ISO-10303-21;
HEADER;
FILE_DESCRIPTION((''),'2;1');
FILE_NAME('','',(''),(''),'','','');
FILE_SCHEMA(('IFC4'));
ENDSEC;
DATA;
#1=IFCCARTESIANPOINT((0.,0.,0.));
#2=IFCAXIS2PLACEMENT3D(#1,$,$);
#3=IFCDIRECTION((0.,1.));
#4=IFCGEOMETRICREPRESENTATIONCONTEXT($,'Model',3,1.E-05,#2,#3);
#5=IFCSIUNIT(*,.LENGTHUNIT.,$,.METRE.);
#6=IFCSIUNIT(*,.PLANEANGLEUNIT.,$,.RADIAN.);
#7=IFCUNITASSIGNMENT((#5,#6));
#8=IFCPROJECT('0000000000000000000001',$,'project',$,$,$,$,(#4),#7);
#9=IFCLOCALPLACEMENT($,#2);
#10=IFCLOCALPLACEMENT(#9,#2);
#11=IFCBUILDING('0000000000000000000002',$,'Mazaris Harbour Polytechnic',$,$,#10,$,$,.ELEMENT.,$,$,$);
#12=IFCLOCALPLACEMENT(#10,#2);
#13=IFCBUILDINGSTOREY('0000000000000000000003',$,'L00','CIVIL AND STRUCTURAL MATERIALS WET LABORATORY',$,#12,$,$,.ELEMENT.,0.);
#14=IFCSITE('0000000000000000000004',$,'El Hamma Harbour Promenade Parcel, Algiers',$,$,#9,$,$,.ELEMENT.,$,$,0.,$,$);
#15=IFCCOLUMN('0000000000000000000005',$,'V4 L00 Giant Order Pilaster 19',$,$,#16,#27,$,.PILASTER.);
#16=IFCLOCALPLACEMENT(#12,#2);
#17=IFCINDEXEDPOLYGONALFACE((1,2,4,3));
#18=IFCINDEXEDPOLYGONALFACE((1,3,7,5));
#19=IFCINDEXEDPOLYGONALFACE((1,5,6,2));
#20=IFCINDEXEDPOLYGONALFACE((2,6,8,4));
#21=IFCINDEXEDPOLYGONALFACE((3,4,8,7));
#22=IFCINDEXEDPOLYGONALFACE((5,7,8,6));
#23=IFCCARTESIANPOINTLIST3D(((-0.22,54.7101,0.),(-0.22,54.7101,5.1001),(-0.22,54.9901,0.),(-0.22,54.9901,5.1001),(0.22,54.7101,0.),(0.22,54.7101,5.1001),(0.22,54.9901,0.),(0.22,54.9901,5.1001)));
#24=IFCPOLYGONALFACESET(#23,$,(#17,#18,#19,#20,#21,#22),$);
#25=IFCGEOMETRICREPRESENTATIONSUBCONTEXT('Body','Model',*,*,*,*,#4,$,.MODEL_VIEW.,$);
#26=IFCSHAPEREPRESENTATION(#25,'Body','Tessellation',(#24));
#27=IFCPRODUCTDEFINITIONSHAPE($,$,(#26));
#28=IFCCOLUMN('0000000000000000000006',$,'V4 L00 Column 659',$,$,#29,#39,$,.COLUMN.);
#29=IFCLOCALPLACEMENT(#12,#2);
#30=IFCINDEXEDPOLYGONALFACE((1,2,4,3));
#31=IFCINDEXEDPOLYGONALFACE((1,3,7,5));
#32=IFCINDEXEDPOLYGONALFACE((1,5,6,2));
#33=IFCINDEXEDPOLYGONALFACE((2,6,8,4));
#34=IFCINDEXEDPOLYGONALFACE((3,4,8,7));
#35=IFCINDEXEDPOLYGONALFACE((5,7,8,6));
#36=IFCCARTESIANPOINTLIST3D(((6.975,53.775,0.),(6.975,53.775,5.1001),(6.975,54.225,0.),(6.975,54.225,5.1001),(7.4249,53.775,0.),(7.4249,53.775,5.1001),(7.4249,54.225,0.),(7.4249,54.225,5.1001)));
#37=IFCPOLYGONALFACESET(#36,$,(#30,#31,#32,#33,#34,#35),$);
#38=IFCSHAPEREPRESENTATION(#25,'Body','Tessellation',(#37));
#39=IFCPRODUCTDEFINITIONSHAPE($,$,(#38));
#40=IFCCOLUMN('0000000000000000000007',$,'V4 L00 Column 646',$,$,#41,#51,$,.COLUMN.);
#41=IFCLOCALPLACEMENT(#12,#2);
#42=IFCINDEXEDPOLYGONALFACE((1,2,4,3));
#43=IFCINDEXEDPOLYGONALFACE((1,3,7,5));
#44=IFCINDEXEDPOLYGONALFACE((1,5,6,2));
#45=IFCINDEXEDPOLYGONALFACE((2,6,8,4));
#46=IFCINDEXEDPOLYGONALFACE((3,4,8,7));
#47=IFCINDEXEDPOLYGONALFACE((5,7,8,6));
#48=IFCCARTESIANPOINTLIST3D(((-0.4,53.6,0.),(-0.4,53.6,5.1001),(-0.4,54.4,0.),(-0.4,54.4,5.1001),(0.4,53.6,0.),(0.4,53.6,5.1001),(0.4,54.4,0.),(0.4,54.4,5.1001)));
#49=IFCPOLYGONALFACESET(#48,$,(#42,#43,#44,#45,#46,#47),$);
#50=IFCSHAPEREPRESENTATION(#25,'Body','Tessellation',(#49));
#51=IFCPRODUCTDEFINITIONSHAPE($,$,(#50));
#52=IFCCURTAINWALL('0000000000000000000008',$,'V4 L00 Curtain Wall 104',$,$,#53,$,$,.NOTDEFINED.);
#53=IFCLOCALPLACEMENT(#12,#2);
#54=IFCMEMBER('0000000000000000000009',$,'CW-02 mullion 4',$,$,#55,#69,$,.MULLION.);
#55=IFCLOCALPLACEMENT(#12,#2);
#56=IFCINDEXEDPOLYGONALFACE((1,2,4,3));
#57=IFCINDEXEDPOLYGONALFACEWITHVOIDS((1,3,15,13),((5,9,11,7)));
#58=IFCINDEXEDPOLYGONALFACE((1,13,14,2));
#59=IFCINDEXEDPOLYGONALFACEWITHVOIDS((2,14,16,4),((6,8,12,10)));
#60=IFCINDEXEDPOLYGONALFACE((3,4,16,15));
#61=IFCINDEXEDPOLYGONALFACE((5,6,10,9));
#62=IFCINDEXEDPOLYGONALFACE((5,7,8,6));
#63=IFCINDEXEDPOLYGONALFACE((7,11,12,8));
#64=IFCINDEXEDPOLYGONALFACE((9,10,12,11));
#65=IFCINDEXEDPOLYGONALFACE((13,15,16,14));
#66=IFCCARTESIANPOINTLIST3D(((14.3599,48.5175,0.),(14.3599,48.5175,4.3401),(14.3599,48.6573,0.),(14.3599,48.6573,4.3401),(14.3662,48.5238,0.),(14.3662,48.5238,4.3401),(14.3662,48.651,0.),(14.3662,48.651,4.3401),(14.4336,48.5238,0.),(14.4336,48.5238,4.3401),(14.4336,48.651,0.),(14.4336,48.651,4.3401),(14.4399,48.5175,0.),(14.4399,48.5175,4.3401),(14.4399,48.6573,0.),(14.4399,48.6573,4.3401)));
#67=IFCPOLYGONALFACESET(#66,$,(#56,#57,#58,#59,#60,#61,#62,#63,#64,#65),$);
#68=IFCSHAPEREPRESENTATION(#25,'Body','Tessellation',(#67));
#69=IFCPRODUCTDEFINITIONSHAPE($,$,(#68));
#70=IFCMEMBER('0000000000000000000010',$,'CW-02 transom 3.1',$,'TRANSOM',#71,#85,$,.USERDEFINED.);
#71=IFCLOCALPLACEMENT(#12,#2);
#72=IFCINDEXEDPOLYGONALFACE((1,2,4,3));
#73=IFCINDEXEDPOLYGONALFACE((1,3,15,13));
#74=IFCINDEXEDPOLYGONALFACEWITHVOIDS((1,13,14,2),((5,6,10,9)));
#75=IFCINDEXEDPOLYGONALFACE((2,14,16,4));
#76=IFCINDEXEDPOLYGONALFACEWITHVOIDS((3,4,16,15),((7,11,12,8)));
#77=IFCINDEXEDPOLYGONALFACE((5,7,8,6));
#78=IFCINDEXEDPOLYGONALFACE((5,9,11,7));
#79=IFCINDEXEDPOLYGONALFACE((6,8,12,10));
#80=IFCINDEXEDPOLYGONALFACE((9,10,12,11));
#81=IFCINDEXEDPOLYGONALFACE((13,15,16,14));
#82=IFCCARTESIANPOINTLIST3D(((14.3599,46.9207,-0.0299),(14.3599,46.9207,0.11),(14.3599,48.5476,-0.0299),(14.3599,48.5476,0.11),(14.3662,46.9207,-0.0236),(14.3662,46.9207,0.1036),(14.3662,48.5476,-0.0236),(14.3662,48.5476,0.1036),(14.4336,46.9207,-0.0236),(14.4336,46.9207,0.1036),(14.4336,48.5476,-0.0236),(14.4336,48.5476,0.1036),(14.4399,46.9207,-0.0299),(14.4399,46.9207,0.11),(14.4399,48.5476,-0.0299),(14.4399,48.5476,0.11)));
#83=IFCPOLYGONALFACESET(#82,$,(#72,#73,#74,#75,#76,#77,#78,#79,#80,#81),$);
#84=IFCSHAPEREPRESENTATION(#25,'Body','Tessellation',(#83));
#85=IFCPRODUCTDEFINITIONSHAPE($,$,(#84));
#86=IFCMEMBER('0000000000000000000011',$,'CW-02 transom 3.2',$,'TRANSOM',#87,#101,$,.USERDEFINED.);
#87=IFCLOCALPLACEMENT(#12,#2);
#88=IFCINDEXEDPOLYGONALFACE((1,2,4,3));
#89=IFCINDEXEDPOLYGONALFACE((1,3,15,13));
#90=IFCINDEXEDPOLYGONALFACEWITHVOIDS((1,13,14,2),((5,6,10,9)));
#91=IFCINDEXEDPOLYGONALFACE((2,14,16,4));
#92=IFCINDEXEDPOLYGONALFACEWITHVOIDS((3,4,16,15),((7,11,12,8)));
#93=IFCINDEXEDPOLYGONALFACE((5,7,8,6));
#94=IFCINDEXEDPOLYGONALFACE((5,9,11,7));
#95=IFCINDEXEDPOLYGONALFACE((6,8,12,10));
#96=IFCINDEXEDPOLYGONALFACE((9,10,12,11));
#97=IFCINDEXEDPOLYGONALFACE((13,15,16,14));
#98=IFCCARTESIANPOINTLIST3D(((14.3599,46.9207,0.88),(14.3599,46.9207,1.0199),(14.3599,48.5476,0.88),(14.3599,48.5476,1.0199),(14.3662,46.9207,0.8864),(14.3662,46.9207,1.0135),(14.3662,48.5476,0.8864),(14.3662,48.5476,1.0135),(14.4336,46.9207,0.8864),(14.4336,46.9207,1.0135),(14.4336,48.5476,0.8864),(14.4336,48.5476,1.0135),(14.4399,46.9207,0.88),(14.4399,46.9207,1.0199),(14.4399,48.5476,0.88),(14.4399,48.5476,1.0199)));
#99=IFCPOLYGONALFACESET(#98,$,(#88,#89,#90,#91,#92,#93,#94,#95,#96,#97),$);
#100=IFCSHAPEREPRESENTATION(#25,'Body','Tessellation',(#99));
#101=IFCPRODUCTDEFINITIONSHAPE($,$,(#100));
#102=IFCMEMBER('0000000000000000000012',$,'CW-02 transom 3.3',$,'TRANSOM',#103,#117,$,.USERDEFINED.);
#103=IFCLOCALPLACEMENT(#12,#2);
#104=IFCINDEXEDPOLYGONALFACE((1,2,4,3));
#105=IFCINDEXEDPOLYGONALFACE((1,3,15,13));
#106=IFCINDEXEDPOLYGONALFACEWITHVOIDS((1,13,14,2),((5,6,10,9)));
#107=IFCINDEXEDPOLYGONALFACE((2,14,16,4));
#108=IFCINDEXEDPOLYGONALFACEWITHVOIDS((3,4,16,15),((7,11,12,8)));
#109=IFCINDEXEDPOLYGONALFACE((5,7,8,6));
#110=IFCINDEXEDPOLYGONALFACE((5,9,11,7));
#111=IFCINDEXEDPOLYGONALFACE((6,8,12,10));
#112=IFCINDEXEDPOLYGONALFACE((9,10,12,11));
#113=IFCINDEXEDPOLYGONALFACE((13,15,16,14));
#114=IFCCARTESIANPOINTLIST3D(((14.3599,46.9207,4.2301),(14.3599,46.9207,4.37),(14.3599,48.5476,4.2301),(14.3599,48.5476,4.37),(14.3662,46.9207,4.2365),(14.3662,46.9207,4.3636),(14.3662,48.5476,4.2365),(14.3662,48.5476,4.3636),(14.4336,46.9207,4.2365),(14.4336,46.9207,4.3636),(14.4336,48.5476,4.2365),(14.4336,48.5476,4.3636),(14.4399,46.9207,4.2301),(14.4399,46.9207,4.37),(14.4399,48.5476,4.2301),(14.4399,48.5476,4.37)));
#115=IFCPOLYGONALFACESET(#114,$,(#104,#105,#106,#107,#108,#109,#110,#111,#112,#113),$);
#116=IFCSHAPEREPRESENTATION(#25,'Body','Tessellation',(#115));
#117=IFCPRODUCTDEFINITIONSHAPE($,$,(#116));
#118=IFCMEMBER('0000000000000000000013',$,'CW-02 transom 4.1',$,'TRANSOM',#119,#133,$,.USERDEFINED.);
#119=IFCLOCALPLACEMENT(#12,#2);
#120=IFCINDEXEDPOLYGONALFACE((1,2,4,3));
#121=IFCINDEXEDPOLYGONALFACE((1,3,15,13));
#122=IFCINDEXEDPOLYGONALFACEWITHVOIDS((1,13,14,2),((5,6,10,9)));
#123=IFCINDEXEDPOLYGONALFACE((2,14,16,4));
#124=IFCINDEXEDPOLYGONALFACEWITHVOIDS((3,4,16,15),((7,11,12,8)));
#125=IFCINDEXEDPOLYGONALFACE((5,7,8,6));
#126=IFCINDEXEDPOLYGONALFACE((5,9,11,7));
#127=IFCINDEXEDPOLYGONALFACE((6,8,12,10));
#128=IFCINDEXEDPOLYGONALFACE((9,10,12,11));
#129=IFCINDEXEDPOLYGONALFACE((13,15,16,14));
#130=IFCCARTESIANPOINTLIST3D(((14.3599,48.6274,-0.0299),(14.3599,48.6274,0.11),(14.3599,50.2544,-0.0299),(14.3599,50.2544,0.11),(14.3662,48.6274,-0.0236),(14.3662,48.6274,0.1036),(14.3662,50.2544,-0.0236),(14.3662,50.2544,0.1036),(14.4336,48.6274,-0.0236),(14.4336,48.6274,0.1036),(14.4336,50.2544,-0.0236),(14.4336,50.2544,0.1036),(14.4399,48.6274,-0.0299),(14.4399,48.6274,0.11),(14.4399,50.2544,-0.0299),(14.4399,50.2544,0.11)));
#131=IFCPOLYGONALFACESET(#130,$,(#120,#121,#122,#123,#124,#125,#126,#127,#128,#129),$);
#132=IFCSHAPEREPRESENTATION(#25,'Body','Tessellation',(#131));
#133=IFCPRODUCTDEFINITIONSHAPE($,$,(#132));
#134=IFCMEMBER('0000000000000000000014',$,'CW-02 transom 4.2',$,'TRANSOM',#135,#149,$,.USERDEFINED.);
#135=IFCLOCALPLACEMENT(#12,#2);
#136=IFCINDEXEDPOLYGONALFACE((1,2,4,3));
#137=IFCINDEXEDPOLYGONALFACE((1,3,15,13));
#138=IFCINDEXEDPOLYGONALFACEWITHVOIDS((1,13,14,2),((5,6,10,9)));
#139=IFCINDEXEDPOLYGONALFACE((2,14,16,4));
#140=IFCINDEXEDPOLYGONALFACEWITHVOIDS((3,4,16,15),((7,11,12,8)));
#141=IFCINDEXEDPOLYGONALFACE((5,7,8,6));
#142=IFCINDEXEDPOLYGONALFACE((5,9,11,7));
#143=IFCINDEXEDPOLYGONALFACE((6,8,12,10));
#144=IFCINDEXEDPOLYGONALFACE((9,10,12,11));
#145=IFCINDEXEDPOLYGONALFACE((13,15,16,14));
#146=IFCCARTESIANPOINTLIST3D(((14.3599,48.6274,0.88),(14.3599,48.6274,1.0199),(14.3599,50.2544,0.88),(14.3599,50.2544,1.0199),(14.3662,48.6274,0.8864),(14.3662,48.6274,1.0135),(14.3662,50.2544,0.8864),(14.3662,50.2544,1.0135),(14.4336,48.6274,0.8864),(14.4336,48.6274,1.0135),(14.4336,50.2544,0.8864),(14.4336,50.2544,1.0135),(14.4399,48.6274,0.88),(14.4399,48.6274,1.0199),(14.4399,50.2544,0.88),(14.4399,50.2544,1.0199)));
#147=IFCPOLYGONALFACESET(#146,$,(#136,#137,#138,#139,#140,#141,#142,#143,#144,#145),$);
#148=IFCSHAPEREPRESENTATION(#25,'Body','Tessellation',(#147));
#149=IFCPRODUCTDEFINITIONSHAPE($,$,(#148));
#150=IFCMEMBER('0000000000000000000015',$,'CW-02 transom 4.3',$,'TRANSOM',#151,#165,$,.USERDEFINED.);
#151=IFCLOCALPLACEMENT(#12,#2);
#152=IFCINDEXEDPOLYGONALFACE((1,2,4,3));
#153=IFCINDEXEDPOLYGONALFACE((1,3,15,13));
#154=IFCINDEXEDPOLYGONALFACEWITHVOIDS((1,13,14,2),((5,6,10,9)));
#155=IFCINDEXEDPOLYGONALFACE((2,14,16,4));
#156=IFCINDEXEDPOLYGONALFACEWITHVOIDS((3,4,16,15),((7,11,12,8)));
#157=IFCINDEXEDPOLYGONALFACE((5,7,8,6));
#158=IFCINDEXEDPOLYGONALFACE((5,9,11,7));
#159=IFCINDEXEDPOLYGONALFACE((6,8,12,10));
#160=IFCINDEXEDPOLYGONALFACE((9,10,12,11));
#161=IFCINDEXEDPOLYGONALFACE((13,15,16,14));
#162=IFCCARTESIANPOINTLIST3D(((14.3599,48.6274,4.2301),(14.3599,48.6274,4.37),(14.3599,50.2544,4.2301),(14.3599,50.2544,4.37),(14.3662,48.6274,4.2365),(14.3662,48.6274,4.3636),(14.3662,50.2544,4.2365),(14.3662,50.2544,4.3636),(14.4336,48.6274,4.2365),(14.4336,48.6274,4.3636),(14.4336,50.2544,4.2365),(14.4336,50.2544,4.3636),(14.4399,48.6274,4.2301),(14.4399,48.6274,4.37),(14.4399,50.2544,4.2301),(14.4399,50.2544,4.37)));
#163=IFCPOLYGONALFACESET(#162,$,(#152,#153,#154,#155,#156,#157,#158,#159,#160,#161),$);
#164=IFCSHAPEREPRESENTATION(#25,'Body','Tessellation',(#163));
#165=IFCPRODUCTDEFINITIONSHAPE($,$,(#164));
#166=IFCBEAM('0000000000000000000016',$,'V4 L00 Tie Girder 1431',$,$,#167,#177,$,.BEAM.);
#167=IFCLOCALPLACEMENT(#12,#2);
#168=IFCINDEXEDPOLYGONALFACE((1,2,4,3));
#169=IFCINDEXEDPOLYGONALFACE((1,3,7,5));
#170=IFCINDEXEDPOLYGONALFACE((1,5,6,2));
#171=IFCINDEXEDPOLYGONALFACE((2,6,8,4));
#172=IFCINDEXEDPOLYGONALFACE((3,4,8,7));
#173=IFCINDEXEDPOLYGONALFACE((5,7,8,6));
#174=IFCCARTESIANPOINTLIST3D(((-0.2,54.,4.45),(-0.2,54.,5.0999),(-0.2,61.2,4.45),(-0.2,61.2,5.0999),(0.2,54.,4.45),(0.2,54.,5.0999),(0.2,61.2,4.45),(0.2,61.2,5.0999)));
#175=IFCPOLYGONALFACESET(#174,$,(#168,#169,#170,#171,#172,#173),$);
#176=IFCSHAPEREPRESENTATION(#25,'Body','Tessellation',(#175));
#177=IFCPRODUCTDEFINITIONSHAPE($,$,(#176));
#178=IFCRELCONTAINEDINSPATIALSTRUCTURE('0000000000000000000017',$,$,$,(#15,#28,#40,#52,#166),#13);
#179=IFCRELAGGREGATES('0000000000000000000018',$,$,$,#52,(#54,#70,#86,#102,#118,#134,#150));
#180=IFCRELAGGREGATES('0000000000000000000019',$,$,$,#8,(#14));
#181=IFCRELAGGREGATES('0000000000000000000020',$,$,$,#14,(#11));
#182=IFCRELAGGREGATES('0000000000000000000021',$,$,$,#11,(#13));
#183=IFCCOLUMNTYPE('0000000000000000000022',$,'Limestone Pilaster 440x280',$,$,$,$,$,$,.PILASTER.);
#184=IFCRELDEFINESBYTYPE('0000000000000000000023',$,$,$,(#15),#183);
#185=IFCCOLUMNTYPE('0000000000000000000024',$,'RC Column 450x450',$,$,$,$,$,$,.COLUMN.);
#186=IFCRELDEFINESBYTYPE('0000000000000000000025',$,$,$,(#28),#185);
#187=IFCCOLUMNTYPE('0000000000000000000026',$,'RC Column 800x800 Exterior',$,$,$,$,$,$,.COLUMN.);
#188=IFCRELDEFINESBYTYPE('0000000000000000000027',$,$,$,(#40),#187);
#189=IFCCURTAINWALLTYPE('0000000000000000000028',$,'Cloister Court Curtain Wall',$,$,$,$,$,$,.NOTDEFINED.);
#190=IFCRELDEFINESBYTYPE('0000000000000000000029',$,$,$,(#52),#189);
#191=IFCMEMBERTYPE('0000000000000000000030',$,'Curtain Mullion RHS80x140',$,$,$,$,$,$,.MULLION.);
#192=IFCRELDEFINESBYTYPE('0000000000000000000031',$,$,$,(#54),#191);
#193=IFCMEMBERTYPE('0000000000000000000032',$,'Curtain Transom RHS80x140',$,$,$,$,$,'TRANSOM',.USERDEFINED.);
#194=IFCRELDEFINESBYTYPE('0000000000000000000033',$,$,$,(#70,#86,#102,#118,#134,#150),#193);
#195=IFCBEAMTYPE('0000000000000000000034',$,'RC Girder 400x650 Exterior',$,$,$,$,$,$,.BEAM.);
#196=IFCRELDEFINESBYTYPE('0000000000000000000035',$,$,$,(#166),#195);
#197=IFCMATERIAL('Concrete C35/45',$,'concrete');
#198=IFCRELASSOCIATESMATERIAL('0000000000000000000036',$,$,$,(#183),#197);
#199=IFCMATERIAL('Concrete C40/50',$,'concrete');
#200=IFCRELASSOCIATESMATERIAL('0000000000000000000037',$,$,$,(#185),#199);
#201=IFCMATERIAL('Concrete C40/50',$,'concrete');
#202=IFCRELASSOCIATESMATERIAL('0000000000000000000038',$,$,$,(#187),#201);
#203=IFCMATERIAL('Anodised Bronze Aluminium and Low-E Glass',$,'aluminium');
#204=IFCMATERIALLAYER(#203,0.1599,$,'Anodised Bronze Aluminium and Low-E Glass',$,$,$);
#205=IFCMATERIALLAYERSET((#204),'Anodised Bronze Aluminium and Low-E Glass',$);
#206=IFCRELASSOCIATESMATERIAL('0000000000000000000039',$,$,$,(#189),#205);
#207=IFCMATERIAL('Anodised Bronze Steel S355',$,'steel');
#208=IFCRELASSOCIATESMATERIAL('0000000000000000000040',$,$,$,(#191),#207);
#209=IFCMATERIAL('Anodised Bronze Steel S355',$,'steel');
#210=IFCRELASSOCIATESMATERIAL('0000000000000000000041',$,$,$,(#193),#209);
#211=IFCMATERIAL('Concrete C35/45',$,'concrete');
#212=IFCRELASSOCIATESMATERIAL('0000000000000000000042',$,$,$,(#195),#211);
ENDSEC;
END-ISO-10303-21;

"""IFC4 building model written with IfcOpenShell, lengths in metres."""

from ifc_helpers import new_model, si_unit, direction, frame, origin, origin_2d, place, context, subcontext, project, spatial, rectangle, hollow_rectangle, extrude, material, layer, layer_set, material_profile, profile_set, type_object, element, aggregate, save


model = new_model("IFC4")

# Units and contexts
model_context = context("Model", 3, precision=1e-05, world=origin(), true_north=direction((0.0, 1.0)))
body_context = subcontext(model_context, "Body", "Model", "MODEL_VIEW")
ifc_project = project(units=[si_unit("LENGTHUNIT", "METRE"), si_unit("PLANEANGLEUNIT", "RADIAN")], contexts=[model_context])

# Site, building, storey
site_placement = place(None, origin())
site = spatial("IfcSite", under=ifc_project, at=site_placement, Name="El Hamma Harbour Promenade Parcel, Algiers", CompositionType="ELEMENT", RefElevation=0.0)
building_placement = place(site_placement, origin())
building = spatial("IfcBuilding", under=site, at=building_placement, Name="Mazaris Harbour Polytechnic", CompositionType="ELEMENT")
storey_placement = place(building_placement, origin())
storey = spatial("IfcBuildingStorey", under=building, at=storey_placement, Name="L00", Description="CIVIL AND STRUCTURAL MATERIALS WET LABORATORY", CompositionType="ELEMENT", Elevation=0.0)

# Columns
ifc_material_1 = material(Name="Concrete C35/45", Category="concrete")
ifc_material_profile_1 = material_profile(ifc_material_1, rectangle(XDim=0.4399, YDim=0.28, at=origin_2d()), Name="RECT440x280")
ifc_profile_set_1 = profile_set([ifc_material_profile_1], Name="Concrete C35/45")
column_type_1 = type_object("IfcColumnType", Name="Limestone Pilaster 440x280", PredefinedType="PILASTER", material=ifc_profile_set_1)
column_1_placement = place(storey_placement, frame((0.0, 54.8501, 0.0), z_axis=(0.0, 0.0, 1.0), x_axis=(1.0, 0.0, 0.0)))
element("IfcColumn", 1, at=column_1_placement, inside=storey, type_object=column_type_1, Name="V4 L00 Giant Order Pilaster 19", PredefinedType="PILASTER", context=body_context, shape_type="SweptSolid", body=[
    extrude(rectangle(XDim=0.4399, YDim=0.28, at=origin_2d()), origin(), (0.0, 0.0, 1.0), 5.1001),
])
ifc_material_2 = material(Name="Concrete C40/50", Category="concrete")
ifc_material_profile_2 = material_profile(ifc_material_2, rectangle(XDim=0.45, YDim=0.45, at=origin_2d()), Name="RECT450x450")
ifc_profile_set_2 = profile_set([ifc_material_profile_2], Name="Concrete C40/50")
column_type_2 = type_object("IfcColumnType", Name="RC Column 450x450", PredefinedType="COLUMN", material=ifc_profile_set_2)
column_2_placement = place(storey_placement, frame((7.2, 54.0, 0.0), z_axis=(0.0, 0.0, 1.0), x_axis=(1.0, 0.0, 0.0)))
element("IfcColumn", 2, at=column_2_placement, inside=storey, type_object=column_type_2, Name="V4 L00 Column 659", PredefinedType="COLUMN", context=body_context, shape_type="SweptSolid", body=[
    extrude(rectangle(XDim=0.45, YDim=0.45, at=origin_2d()), origin(), (0.0, 0.0, 1.0), 5.1001),
])
ifc_material_3 = material(Name="Concrete C40/50", Category="concrete")
ifc_material_profile_3 = material_profile(ifc_material_3, rectangle(XDim=0.8, YDim=0.8, at=origin_2d()), Name="RECT800x800")
ifc_profile_set_3 = profile_set([ifc_material_profile_3], Name="Concrete C40/50")
column_type_3 = type_object("IfcColumnType", Name="RC Column 800x800 Exterior", PredefinedType="COLUMN", material=ifc_profile_set_3)
column_3_placement = place(storey_placement, frame((0.0, 54.0, 0.0), z_axis=(0.0, 0.0, 1.0), x_axis=(1.0, 0.0, 0.0)))
element("IfcColumn", 3, at=column_3_placement, inside=storey, type_object=column_type_3, Name="V4 L00 Column 646", PredefinedType="COLUMN", context=body_context, shape_type="SweptSolid", body=[
    extrude(rectangle(XDim=0.8, YDim=0.8, at=origin_2d()), origin(), (0.0, 0.0, 1.0), 5.1001),
])

# Curtain wall, members
ifc_material_4 = material(Name="Anodised Bronze Aluminium and Low-E Glass", Category="aluminium")
ifc_layer_1 = layer(ifc_material_4, 0.1599, Name="Anodised Bronze Aluminium and Low-E Glass")
ifc_layer_set_1 = layer_set([ifc_layer_1], Name="Anodised Bronze Aluminium and Low-E Glass")
curtain_wall_type = type_object("IfcCurtainWallType", Name="Cloister Court Curtain Wall", PredefinedType="NOTDEFINED", material=ifc_layer_set_1)
curtain_wall_placement = place(storey_placement, origin())
curtain_wall = element("IfcCurtainWall", 4, at=curtain_wall_placement, inside=storey, type_object=curtain_wall_type, Name="V4 L00 Curtain Wall 104", PredefinedType="NOTDEFINED")
ifc_material_5 = material(Name="Anodised Bronze Steel S355", Category="steel")
ifc_material_profile_4 = material_profile(ifc_material_5, hollow_rectangle(XDim=0.0801, YDim=0.1399, WallThickness=0.0063, at=origin_2d()), Name="RHS 80x140x6.3")
ifc_profile_set_4 = profile_set([ifc_material_profile_4], Name="Anodised Bronze Steel S355")
member_type_1 = type_object("IfcMemberType", Name="Curtain Mullion RHS80x140", PredefinedType="MULLION", material=ifc_profile_set_4)
member_1_placement = place(storey_placement, frame((14.3999, 48.5874, 0.0), z_axis=(0.0, 0.0, 1.0), x_axis=(-1.0, 0.0, 0.0)))
member_1 = element("IfcMember", 5, at=member_1_placement, type_object=member_type_1, Name="CW-02 mullion 4", PredefinedType="MULLION", context=body_context, shape_type="SweptSolid", body=[
    extrude(hollow_rectangle(XDim=0.0801, YDim=0.1399, WallThickness=0.0063, at=origin_2d()), origin(), (0.0, 0.0, 1.0), 4.3401),
])
ifc_material_6 = material(Name="Anodised Bronze Steel S355", Category="steel")
ifc_material_profile_5 = material_profile(ifc_material_6, hollow_rectangle(XDim=0.0801, YDim=0.1399, WallThickness=0.0063, at=origin_2d()), Name="RHS 80x140x6.3")
ifc_profile_set_5 = profile_set([ifc_material_profile_5], Name="Anodised Bronze Steel S355")
member_type_2 = type_object("IfcMemberType", Name="Curtain Transom RHS80x140", ElementType="TRANSOM", PredefinedType="USERDEFINED", material=ifc_profile_set_5)
member_2_placement = place(storey_placement, frame((14.3999, 46.9207, 0.04), z_axis=(0.0, 1.0, 0.0), x_axis=(-1.0, 0.0, 0.0)))
member_2 = element("IfcMember", 6, at=member_2_placement, type_object=member_type_2, Name="CW-02 transom 3.1", ObjectType="TRANSOM", PredefinedType="USERDEFINED", context=body_context, shape_type="SweptSolid", body=[
    extrude(hollow_rectangle(XDim=0.0801, YDim=0.1399, WallThickness=0.0063, at=origin_2d()), origin(), (0.0, 0.0, 1.0), 1.627),
])
member_3_placement = place(storey_placement, frame((14.3999, 46.9207, 0.95), z_axis=(0.0, 1.0, 0.0), x_axis=(-1.0, 0.0, 0.0)))
member_3 = element("IfcMember", 7, at=member_3_placement, type_object=member_type_2, Name="CW-02 transom 3.2", ObjectType="TRANSOM", PredefinedType="USERDEFINED", context=body_context, shape_type="SweptSolid", body=[
    extrude(hollow_rectangle(XDim=0.0801, YDim=0.1399, WallThickness=0.0063, at=origin_2d()), origin(), (0.0, 0.0, 1.0), 1.627),
])
member_4_placement = place(storey_placement, frame((14.3999, 46.9207, 4.3), z_axis=(0.0, 1.0, 0.0), x_axis=(-1.0, 0.0, 0.0)))
member_4 = element("IfcMember", 8, at=member_4_placement, type_object=member_type_2, Name="CW-02 transom 3.3", ObjectType="TRANSOM", PredefinedType="USERDEFINED", context=body_context, shape_type="SweptSolid", body=[
    extrude(hollow_rectangle(XDim=0.0801, YDim=0.1399, WallThickness=0.0063, at=origin_2d()), origin(), (0.0, 0.0, 1.0), 1.627),
])
member_5_placement = place(storey_placement, frame((14.3999, 48.6274, 0.04), z_axis=(0.0, 1.0, 0.0), x_axis=(-1.0, 0.0, 0.0)))
member_5 = element("IfcMember", 9, at=member_5_placement, type_object=member_type_2, Name="CW-02 transom 4.1", ObjectType="TRANSOM", PredefinedType="USERDEFINED", context=body_context, shape_type="SweptSolid", body=[
    extrude(hollow_rectangle(XDim=0.0801, YDim=0.1399, WallThickness=0.0063, at=origin_2d()), origin(), (0.0, 0.0, 1.0), 1.627),
])
member_6_placement = place(storey_placement, frame((14.3999, 48.6274, 0.95), z_axis=(0.0, 1.0, 0.0), x_axis=(-1.0, 0.0, 0.0)))
member_6 = element("IfcMember", 10, at=member_6_placement, type_object=member_type_2, Name="CW-02 transom 4.2", ObjectType="TRANSOM", PredefinedType="USERDEFINED", context=body_context, shape_type="SweptSolid", body=[
    extrude(hollow_rectangle(XDim=0.0801, YDim=0.1399, WallThickness=0.0063, at=origin_2d()), origin(), (0.0, 0.0, 1.0), 1.627),
])
member_7_placement = place(storey_placement, frame((14.3999, 48.6274, 4.3), z_axis=(0.0, 1.0, 0.0), x_axis=(-1.0, 0.0, 0.0)))
member_7 = element("IfcMember", 11, at=member_7_placement, type_object=member_type_2, Name="CW-02 transom 4.3", ObjectType="TRANSOM", PredefinedType="USERDEFINED", context=body_context, shape_type="SweptSolid", body=[
    extrude(hollow_rectangle(XDim=0.0801, YDim=0.1399, WallThickness=0.0063, at=origin_2d()), origin(), (0.0, 0.0, 1.0), 1.627),
])

# Beam
ifc_material_7 = material(Name="Concrete C35/45", Category="concrete")
ifc_material_profile_6 = material_profile(ifc_material_7, rectangle(XDim=0.3999, YDim=0.6499, at=origin_2d()), Name="RECT400x650")
ifc_profile_set_6 = profile_set([ifc_material_profile_6], Name="Concrete C35/45")
beam_type_1 = type_object("IfcBeamType", Name="RC Girder 400x650 Exterior", PredefinedType="BEAM", material=ifc_profile_set_6)
beam_1_placement = place(storey_placement, frame((0.0, 54.0, 4.7749), z_axis=(0.0, 1.0, 0.0), x_axis=(-1.0, 0.0, 0.0)))
element("IfcBeam", 12, at=beam_1_placement, inside=storey, type_object=beam_type_1, Name="V4 L00 Tie Girder 1431", PredefinedType="BEAM", context=body_context, shape_type="SweptSolid", body=[
    extrude(rectangle(XDim=0.3999, YDim=0.6499, at=origin_2d()), origin(), (0.0, 0.0, 1.0), 7.2),
])

aggregate(curtain_wall, [member_1, member_2, member_3, member_4, member_5, member_6, member_7])

save(model, "model.ifc")
